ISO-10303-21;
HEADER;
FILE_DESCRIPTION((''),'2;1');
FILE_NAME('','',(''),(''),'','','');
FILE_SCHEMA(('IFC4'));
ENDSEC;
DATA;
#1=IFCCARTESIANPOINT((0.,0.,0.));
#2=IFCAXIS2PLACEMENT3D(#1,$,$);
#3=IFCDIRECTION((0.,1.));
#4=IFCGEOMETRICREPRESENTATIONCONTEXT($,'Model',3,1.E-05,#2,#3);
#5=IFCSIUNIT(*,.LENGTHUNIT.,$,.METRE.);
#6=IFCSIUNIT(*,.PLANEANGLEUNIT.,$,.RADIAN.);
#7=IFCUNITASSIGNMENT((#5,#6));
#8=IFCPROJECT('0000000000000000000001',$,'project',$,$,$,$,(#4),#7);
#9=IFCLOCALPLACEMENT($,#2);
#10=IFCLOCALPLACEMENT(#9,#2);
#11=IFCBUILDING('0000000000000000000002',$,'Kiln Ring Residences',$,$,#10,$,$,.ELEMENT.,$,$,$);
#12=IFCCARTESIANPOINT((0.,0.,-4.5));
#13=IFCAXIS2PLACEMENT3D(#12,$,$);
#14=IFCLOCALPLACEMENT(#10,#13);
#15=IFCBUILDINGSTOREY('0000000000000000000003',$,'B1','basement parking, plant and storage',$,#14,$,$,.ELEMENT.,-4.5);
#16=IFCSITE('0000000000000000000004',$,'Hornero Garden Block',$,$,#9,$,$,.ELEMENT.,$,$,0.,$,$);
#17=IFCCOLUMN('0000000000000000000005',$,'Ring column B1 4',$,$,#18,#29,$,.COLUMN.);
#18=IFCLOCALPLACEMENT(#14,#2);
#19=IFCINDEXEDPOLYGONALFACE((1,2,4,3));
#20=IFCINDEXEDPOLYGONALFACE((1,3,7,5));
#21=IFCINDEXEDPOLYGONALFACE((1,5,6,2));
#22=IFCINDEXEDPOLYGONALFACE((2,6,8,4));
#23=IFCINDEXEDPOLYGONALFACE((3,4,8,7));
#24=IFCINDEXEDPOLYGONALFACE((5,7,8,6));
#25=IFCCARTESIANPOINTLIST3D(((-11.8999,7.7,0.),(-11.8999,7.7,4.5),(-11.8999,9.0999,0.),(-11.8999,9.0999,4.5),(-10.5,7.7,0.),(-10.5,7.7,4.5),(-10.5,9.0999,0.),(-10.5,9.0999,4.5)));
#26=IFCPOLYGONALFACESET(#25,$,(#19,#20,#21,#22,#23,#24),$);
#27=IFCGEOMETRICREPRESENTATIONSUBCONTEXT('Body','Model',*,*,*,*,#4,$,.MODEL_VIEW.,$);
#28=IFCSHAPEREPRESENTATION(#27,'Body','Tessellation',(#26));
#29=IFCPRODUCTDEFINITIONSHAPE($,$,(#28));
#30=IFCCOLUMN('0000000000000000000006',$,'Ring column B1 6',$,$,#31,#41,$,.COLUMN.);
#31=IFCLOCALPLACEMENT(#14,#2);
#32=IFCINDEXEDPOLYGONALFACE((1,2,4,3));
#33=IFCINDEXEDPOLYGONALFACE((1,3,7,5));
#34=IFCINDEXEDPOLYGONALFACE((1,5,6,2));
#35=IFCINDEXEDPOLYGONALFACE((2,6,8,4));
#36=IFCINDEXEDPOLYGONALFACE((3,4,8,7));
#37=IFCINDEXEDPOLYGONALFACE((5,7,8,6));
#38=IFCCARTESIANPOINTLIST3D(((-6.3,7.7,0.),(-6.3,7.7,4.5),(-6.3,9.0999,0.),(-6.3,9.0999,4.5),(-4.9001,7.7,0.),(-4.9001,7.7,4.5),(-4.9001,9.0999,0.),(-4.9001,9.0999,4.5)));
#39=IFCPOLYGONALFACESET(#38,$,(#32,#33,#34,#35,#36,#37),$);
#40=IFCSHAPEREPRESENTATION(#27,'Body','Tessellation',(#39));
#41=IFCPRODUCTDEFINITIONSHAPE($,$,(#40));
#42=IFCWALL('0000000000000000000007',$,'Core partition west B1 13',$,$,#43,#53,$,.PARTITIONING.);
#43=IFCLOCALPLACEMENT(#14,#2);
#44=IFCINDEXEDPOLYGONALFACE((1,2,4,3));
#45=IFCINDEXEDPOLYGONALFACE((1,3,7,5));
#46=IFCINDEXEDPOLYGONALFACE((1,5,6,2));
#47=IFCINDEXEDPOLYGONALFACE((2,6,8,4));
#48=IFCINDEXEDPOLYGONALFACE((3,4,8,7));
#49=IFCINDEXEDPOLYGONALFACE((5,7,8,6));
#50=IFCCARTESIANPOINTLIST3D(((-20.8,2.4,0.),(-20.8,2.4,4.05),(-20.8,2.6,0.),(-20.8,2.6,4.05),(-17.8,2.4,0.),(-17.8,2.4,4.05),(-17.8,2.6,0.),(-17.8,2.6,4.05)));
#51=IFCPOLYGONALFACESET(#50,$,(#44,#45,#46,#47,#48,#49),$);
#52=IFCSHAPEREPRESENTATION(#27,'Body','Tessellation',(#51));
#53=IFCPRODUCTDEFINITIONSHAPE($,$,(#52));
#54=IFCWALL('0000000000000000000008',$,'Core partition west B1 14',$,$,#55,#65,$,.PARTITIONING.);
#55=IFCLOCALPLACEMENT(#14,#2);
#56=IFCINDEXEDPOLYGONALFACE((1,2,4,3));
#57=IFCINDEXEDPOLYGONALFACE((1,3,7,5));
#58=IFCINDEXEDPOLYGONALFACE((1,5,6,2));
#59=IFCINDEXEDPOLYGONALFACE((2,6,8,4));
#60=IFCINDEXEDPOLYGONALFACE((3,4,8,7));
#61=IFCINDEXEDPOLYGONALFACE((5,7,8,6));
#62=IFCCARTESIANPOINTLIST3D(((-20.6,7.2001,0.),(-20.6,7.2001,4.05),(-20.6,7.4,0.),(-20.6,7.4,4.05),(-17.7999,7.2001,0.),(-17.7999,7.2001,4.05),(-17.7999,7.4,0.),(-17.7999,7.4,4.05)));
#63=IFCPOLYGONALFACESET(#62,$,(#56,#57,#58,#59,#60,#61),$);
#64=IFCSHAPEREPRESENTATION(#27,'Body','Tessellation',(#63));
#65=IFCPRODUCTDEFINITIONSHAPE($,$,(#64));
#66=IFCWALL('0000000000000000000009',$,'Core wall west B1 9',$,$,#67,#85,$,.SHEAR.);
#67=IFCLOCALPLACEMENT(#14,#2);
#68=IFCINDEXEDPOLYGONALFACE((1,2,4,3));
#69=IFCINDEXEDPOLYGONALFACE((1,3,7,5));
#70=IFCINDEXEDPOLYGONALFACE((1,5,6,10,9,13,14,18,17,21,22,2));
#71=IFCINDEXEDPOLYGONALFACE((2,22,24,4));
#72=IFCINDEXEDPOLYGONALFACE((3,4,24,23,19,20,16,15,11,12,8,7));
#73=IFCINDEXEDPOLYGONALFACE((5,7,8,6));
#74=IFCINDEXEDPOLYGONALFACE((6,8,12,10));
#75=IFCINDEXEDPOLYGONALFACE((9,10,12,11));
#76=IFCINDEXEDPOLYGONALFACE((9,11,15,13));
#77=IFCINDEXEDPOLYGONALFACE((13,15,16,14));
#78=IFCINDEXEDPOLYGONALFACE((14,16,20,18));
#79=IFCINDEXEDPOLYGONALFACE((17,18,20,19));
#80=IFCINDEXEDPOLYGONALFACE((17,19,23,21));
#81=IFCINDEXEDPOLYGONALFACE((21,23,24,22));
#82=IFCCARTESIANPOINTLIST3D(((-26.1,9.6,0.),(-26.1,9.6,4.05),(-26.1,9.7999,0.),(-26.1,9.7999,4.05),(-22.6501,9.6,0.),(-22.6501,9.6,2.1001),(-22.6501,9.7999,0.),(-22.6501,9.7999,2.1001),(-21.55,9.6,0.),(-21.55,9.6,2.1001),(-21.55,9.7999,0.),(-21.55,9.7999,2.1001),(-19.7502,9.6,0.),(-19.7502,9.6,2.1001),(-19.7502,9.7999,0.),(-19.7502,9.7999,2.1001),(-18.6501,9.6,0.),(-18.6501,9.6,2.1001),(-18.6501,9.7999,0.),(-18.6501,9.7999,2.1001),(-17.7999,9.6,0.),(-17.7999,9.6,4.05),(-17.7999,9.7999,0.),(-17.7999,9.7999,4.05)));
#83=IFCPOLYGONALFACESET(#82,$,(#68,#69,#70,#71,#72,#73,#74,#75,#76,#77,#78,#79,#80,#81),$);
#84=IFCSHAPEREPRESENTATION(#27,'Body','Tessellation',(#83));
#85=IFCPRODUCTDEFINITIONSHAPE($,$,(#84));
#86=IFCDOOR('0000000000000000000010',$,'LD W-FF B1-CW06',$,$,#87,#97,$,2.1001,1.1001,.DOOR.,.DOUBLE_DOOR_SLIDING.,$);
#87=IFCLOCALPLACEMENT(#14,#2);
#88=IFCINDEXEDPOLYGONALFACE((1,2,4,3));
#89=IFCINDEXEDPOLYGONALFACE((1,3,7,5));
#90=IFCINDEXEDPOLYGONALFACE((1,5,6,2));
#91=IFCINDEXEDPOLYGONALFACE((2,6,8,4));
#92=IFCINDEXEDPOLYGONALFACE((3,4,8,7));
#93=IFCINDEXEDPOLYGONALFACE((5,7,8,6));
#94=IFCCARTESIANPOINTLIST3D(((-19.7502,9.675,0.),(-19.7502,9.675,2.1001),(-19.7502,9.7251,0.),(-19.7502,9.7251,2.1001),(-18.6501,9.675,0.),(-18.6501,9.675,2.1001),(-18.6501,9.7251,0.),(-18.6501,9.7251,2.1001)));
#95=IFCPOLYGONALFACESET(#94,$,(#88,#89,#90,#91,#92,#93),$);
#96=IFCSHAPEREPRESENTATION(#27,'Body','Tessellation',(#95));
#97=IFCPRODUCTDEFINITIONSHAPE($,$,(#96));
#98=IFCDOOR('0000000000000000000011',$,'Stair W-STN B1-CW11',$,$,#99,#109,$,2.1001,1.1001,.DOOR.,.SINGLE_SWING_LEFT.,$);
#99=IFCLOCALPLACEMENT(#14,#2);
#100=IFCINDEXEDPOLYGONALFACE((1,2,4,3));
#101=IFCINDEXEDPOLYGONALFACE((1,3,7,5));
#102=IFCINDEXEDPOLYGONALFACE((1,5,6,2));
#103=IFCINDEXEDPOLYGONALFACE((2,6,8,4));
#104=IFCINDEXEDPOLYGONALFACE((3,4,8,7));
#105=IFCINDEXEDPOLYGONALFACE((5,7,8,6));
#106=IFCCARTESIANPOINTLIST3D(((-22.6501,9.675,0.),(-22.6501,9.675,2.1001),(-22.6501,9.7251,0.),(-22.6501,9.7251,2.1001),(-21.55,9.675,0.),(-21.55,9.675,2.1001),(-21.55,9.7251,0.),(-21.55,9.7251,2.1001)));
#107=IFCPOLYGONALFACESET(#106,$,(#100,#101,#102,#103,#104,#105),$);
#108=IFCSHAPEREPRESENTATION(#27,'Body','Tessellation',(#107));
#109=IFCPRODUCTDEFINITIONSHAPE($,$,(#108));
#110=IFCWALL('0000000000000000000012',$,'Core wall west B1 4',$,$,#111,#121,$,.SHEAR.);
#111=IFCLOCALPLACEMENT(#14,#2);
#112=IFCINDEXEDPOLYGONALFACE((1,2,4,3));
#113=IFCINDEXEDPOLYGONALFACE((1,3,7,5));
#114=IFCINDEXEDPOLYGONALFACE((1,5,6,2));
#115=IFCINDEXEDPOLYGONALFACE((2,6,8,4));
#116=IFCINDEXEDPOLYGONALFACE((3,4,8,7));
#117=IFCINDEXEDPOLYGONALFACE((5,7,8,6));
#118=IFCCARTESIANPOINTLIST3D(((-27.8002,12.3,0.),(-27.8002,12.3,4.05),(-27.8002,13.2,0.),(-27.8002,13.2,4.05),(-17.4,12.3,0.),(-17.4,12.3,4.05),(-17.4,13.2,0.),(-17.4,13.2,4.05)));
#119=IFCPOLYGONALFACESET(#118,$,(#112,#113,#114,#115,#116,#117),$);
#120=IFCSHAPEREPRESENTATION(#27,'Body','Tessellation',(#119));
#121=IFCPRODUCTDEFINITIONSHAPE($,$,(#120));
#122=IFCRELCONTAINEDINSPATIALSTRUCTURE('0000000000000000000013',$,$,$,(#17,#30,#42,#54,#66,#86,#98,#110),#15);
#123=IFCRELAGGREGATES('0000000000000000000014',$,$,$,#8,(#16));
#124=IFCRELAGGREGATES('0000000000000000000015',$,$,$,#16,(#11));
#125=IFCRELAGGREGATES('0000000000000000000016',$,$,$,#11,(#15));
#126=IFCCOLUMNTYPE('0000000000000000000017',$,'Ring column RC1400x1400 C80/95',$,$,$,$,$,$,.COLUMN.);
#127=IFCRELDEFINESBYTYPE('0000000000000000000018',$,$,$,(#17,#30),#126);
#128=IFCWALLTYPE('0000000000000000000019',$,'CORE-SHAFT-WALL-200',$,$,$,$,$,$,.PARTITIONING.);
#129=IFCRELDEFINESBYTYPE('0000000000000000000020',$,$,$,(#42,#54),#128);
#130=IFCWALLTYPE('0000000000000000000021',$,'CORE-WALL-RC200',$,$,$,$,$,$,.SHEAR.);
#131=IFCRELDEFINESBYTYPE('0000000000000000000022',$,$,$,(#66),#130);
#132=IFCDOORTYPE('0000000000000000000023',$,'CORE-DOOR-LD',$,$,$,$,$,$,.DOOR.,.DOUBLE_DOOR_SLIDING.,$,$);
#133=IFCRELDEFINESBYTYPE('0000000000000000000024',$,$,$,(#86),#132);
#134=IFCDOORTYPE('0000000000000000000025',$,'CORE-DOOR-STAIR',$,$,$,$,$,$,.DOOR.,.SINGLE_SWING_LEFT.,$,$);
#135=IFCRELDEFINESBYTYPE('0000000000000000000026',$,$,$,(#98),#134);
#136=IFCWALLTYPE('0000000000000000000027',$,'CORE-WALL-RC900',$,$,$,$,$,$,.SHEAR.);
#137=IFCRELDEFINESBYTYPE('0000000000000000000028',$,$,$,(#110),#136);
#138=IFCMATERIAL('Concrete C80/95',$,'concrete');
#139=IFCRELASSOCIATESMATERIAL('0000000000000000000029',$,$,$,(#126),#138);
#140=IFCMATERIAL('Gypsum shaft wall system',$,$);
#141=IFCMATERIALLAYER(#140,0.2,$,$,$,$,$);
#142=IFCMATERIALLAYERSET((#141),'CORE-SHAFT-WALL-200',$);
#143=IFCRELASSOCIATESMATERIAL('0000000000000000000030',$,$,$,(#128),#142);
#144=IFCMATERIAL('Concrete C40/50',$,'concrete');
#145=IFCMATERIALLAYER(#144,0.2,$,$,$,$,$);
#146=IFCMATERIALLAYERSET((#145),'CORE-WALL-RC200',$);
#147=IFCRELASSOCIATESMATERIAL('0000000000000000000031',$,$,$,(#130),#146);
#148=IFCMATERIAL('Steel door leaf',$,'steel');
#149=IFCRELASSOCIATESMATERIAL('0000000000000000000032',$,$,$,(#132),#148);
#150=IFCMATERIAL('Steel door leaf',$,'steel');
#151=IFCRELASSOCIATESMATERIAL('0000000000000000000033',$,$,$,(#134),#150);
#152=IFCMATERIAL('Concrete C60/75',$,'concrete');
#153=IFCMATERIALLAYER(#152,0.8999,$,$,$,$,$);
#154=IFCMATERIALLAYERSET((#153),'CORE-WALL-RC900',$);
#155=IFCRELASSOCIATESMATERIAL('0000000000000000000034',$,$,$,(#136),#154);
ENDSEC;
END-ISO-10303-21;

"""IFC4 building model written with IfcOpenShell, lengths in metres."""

from ifc_helpers import new_model, si_unit, direction, frame, frame_2d, origin, origin_2d, place, context, subcontext, project, spatial, rectangle, extrude, material, layer, layer_set, material_profile, profile_set, type_object, element, fill, save


model = new_model("IFC4")

# Units and contexts
model_context = context("Model", 3, precision=1e-05, world=origin(), true_north=direction((0.0, 1.0)))
body_context = subcontext(model_context, "Body", "Model", "MODEL_VIEW")
ifc_project = project(units=[si_unit("LENGTHUNIT", "METRE"), si_unit("PLANEANGLEUNIT", "RADIAN")], contexts=[model_context])

# Site, building, storey
site_placement = place(None, origin())
site = spatial("IfcSite", under=ifc_project, at=site_placement, Name="Hornero Garden Block", CompositionType="ELEMENT", RefElevation=0.0)
building_placement = place(site_placement, origin())
building = spatial("IfcBuilding", under=site, at=building_placement, Name="Kiln Ring Residences", CompositionType="ELEMENT")
storey_placement = place(building_placement, frame((0.0, 0.0, -4.5)))
storey = spatial("IfcBuildingStorey", under=building, at=storey_placement, Name="B1", Description="basement parking, plant and storage", CompositionType="ELEMENT", Elevation=-4.5)

# Columns
ifc_material_1 = material(Name="Concrete C80/95", Category="concrete")
ifc_material_profile_1 = material_profile(ifc_material_1, rectangle(XDim=1.3999, YDim=1.3999, at=origin_2d()), Name="RC1400x1400")
ifc_profile_set_1 = profile_set([ifc_material_profile_1], Name="Concrete C80/95")
column_type_1 = type_object("IfcColumnType", Name="Ring column RC1400x1400 C80/95", PredefinedType="COLUMN", material=ifc_profile_set_1)
for number, where, z_axis, x_axis, name in (
    (1, (-11.2, 8.3999, 0.0), (0.0, 0.0, 1.0), (1.0, 0.0, 0.0), "Ring column B1 4"),
    (2, (-5.6001, 8.3999, 0.0), (0.0, 0.0, 1.0), (1.0, 0.0, 0.0), "Ring column B1 6"),
):
    element("IfcColumn", number, at=place(storey_placement, frame(where, z_axis=z_axis, x_axis=x_axis)), inside=storey, type_object=column_type_1, Name=name, PredefinedType="COLUMN", context=body_context, shape_type="SweptSolid", body=[
        extrude(rectangle(XDim=1.3999, YDim=1.3999, at=origin_2d()), origin(), (0.0, 0.0, 1.0), 4.5),
    ])

# Walls
ifc_material_2 = material(Name="Gypsum shaft wall system")
ifc_layer_1 = layer(ifc_material_2, 0.2)
ifc_layer_set_1 = layer_set([ifc_layer_1], Name="CORE-SHAFT-WALL-200")
wall_type_1 = type_object("IfcWallType", Name="CORE-SHAFT-WALL-200", PredefinedType="PARTITIONING", material=ifc_layer_set_1)
wall_1_placement = place(storey_placement, frame((-17.8, 2.5, 0.0), z_axis=(0.0, 0.0, 1.0), x_axis=(-1.0, 0.0, 0.0)))
element("IfcWall", 3, at=wall_1_placement, inside=storey, type_object=wall_type_1, Name="Core partition west B1 13", PredefinedType="PARTITIONING", context=body_context, shape_type="SweptSolid", body=[
    extrude(rectangle(XDim=3.0, YDim=0.2, at=frame_2d((1.5, 0.0))), origin(), (0.0, 0.0, 1.0), 4.05),
])
wall_2_placement = place(storey_placement, frame((-17.8, 7.3, 0.0), z_axis=(0.0, 0.0, 1.0), x_axis=(-1.0, 0.0, 0.0)))
element("IfcWall", 4, at=wall_2_placement, inside=storey, type_object=wall_type_1, Name="Core partition west B1 14", PredefinedType="PARTITIONING", context=body_context, shape_type="SweptSolid", body=[
    extrude(rectangle(XDim=2.8, YDim=0.2, at=frame_2d((1.3999, 0.0))), origin(), (0.0, 0.0, 1.0), 4.05),
])

# Wall, openings, doors
ifc_material_3 = material(Name="Concrete C40/50", Category="concrete")
ifc_layer_2 = layer(ifc_material_3, 0.2)
ifc_layer_set_2 = layer_set([ifc_layer_2], Name="CORE-WALL-RC200")
wall_type_2 = type_object("IfcWallType", Name="CORE-WALL-RC200", PredefinedType="SHEAR", material=ifc_layer_set_2)
wall_3_placement = place(storey_placement, frame((-17.8, 9.7, 0.0), z_axis=(0.0, 0.0, 1.0), x_axis=(-1.0, 0.0, 0.0)))
wall_3 = element("IfcWall", 5, at=wall_3_placement, inside=storey, type_object=wall_type_2, Name="Core wall west B1 9", PredefinedType="SHEAR", context=body_context, shape_type="SweptSolid", body=[
    extrude(rectangle(XDim=8.3, YDim=0.2, at=frame_2d((4.1499, 0.0))), origin(), (0.0, 0.0, 1.0), 4.05),
])
opening_1_placement = place(wall_3_placement, frame((0.8501, 0.0, 0.0)))
opening_1 = element("IfcOpeningElement", 6, at=opening_1_placement, cuts=wall_3, PredefinedType="OPENING", context=body_context, shape_type="SweptSolid", body=[
    extrude(rectangle(XDim=1.1001, YDim=2.1001, at=frame_2d((0.55, 1.05))), frame((0.0, 0.1099, 0.0), z_axis=(0.0, -1.0, 0.0), x_axis=(1.0, 0.0, 0.0)), (0.0, 0.0, 1.0), 0.22),
])
opening_2_placement = place(wall_3_placement, frame((3.75, 0.0, 0.0)))
opening_2 = element("IfcOpeningElement", 7, at=opening_2_placement, cuts=wall_3, PredefinedType="OPENING", context=body_context, shape_type="SweptSolid", body=[
    extrude(rectangle(XDim=1.1001, YDim=2.1001, at=frame_2d((0.55, 1.05))), frame((0.0, 0.1099, 0.0), z_axis=(0.0, -1.0, 0.0), x_axis=(1.0, 0.0, 0.0)), (0.0, 0.0, 1.0), 0.22),
])
ifc_material_4 = material(Name="Steel door leaf", Category="steel")
door_type_1 = type_object("IfcDoorType", Name="CORE-DOOR-LD", OperationType="DOUBLE_DOOR_SLIDING", PredefinedType="DOOR", material=ifc_material_4)
door_1_placement = place(opening_1_placement, origin())
door_1 = element("IfcDoor", 8, at=door_1_placement, inside=storey, type_object=door_type_1, Name="LD W-FF B1-CW06", OperationType="DOUBLE_DOOR_SLIDING", OverallHeight=2.1001, OverallWidth=1.1001, PredefinedType="DOOR", context=body_context, shape_type="SweptSolid", body=[
    extrude(rectangle(XDim=1.1001, YDim=2.1001, at=frame_2d((0.55, 1.05))), frame((0.0, 0.0249, 0.0), z_axis=(0.0, -1.0, 0.0), x_axis=(1.0, 0.0, 0.0)), (0.0, 0.0, 1.0), 0.05),
])
fill(opening_1, door_1)
ifc_material_5 = material(Name="Steel door leaf", Category="steel")
door_type_2 = type_object("IfcDoorType", Name="CORE-DOOR-STAIR", OperationType="SINGLE_SWING_LEFT", PredefinedType="DOOR", material=ifc_material_5)
door_2_placement = place(opening_2_placement, origin())
door_2 = element("IfcDoor", 9, at=door_2_placement, inside=storey, type_object=door_type_2, Name="Stair W-STN B1-CW11", OperationType="SINGLE_SWING_LEFT", OverallHeight=2.1001, OverallWidth=1.1001, PredefinedType="DOOR", context=body_context, shape_type="SweptSolid", body=[
    extrude(rectangle(XDim=1.1001, YDim=2.1001, at=frame_2d((0.55, 1.05))), frame((0.0, 0.0249, 0.0), z_axis=(0.0, -1.0, 0.0), x_axis=(1.0, 0.0, 0.0)), (0.0, 0.0, 1.0), 0.05),
])
fill(opening_2, door_2)

# Wall
ifc_material_6 = material(Name="Concrete C60/75", Category="concrete")
ifc_layer_3 = layer(ifc_material_6, 0.8999)
ifc_layer_set_3 = layer_set([ifc_layer_3], Name="CORE-WALL-RC900")
wall_type_3 = type_object("IfcWallType", Name="CORE-WALL-RC900", PredefinedType="SHEAR", material=ifc_layer_set_3)
wall_4_placement = place(storey_placement, frame((-17.3999, 12.75, 0.0), z_axis=(0.0, 0.0, 1.0), x_axis=(-1.0, 0.0, 0.0)))
element("IfcWall", 10, at=wall_4_placement, inside=storey, type_object=wall_type_3, Name="Core wall west B1 4", PredefinedType="SHEAR", context=body_context, shape_type="SweptSolid", body=[
    extrude(rectangle(XDim=10.4001, YDim=0.8999, at=frame_2d((5.2002, 0.0))), origin(), (0.0, 0.0, 1.0), 4.05),
])

save(model, "model.ifc")
